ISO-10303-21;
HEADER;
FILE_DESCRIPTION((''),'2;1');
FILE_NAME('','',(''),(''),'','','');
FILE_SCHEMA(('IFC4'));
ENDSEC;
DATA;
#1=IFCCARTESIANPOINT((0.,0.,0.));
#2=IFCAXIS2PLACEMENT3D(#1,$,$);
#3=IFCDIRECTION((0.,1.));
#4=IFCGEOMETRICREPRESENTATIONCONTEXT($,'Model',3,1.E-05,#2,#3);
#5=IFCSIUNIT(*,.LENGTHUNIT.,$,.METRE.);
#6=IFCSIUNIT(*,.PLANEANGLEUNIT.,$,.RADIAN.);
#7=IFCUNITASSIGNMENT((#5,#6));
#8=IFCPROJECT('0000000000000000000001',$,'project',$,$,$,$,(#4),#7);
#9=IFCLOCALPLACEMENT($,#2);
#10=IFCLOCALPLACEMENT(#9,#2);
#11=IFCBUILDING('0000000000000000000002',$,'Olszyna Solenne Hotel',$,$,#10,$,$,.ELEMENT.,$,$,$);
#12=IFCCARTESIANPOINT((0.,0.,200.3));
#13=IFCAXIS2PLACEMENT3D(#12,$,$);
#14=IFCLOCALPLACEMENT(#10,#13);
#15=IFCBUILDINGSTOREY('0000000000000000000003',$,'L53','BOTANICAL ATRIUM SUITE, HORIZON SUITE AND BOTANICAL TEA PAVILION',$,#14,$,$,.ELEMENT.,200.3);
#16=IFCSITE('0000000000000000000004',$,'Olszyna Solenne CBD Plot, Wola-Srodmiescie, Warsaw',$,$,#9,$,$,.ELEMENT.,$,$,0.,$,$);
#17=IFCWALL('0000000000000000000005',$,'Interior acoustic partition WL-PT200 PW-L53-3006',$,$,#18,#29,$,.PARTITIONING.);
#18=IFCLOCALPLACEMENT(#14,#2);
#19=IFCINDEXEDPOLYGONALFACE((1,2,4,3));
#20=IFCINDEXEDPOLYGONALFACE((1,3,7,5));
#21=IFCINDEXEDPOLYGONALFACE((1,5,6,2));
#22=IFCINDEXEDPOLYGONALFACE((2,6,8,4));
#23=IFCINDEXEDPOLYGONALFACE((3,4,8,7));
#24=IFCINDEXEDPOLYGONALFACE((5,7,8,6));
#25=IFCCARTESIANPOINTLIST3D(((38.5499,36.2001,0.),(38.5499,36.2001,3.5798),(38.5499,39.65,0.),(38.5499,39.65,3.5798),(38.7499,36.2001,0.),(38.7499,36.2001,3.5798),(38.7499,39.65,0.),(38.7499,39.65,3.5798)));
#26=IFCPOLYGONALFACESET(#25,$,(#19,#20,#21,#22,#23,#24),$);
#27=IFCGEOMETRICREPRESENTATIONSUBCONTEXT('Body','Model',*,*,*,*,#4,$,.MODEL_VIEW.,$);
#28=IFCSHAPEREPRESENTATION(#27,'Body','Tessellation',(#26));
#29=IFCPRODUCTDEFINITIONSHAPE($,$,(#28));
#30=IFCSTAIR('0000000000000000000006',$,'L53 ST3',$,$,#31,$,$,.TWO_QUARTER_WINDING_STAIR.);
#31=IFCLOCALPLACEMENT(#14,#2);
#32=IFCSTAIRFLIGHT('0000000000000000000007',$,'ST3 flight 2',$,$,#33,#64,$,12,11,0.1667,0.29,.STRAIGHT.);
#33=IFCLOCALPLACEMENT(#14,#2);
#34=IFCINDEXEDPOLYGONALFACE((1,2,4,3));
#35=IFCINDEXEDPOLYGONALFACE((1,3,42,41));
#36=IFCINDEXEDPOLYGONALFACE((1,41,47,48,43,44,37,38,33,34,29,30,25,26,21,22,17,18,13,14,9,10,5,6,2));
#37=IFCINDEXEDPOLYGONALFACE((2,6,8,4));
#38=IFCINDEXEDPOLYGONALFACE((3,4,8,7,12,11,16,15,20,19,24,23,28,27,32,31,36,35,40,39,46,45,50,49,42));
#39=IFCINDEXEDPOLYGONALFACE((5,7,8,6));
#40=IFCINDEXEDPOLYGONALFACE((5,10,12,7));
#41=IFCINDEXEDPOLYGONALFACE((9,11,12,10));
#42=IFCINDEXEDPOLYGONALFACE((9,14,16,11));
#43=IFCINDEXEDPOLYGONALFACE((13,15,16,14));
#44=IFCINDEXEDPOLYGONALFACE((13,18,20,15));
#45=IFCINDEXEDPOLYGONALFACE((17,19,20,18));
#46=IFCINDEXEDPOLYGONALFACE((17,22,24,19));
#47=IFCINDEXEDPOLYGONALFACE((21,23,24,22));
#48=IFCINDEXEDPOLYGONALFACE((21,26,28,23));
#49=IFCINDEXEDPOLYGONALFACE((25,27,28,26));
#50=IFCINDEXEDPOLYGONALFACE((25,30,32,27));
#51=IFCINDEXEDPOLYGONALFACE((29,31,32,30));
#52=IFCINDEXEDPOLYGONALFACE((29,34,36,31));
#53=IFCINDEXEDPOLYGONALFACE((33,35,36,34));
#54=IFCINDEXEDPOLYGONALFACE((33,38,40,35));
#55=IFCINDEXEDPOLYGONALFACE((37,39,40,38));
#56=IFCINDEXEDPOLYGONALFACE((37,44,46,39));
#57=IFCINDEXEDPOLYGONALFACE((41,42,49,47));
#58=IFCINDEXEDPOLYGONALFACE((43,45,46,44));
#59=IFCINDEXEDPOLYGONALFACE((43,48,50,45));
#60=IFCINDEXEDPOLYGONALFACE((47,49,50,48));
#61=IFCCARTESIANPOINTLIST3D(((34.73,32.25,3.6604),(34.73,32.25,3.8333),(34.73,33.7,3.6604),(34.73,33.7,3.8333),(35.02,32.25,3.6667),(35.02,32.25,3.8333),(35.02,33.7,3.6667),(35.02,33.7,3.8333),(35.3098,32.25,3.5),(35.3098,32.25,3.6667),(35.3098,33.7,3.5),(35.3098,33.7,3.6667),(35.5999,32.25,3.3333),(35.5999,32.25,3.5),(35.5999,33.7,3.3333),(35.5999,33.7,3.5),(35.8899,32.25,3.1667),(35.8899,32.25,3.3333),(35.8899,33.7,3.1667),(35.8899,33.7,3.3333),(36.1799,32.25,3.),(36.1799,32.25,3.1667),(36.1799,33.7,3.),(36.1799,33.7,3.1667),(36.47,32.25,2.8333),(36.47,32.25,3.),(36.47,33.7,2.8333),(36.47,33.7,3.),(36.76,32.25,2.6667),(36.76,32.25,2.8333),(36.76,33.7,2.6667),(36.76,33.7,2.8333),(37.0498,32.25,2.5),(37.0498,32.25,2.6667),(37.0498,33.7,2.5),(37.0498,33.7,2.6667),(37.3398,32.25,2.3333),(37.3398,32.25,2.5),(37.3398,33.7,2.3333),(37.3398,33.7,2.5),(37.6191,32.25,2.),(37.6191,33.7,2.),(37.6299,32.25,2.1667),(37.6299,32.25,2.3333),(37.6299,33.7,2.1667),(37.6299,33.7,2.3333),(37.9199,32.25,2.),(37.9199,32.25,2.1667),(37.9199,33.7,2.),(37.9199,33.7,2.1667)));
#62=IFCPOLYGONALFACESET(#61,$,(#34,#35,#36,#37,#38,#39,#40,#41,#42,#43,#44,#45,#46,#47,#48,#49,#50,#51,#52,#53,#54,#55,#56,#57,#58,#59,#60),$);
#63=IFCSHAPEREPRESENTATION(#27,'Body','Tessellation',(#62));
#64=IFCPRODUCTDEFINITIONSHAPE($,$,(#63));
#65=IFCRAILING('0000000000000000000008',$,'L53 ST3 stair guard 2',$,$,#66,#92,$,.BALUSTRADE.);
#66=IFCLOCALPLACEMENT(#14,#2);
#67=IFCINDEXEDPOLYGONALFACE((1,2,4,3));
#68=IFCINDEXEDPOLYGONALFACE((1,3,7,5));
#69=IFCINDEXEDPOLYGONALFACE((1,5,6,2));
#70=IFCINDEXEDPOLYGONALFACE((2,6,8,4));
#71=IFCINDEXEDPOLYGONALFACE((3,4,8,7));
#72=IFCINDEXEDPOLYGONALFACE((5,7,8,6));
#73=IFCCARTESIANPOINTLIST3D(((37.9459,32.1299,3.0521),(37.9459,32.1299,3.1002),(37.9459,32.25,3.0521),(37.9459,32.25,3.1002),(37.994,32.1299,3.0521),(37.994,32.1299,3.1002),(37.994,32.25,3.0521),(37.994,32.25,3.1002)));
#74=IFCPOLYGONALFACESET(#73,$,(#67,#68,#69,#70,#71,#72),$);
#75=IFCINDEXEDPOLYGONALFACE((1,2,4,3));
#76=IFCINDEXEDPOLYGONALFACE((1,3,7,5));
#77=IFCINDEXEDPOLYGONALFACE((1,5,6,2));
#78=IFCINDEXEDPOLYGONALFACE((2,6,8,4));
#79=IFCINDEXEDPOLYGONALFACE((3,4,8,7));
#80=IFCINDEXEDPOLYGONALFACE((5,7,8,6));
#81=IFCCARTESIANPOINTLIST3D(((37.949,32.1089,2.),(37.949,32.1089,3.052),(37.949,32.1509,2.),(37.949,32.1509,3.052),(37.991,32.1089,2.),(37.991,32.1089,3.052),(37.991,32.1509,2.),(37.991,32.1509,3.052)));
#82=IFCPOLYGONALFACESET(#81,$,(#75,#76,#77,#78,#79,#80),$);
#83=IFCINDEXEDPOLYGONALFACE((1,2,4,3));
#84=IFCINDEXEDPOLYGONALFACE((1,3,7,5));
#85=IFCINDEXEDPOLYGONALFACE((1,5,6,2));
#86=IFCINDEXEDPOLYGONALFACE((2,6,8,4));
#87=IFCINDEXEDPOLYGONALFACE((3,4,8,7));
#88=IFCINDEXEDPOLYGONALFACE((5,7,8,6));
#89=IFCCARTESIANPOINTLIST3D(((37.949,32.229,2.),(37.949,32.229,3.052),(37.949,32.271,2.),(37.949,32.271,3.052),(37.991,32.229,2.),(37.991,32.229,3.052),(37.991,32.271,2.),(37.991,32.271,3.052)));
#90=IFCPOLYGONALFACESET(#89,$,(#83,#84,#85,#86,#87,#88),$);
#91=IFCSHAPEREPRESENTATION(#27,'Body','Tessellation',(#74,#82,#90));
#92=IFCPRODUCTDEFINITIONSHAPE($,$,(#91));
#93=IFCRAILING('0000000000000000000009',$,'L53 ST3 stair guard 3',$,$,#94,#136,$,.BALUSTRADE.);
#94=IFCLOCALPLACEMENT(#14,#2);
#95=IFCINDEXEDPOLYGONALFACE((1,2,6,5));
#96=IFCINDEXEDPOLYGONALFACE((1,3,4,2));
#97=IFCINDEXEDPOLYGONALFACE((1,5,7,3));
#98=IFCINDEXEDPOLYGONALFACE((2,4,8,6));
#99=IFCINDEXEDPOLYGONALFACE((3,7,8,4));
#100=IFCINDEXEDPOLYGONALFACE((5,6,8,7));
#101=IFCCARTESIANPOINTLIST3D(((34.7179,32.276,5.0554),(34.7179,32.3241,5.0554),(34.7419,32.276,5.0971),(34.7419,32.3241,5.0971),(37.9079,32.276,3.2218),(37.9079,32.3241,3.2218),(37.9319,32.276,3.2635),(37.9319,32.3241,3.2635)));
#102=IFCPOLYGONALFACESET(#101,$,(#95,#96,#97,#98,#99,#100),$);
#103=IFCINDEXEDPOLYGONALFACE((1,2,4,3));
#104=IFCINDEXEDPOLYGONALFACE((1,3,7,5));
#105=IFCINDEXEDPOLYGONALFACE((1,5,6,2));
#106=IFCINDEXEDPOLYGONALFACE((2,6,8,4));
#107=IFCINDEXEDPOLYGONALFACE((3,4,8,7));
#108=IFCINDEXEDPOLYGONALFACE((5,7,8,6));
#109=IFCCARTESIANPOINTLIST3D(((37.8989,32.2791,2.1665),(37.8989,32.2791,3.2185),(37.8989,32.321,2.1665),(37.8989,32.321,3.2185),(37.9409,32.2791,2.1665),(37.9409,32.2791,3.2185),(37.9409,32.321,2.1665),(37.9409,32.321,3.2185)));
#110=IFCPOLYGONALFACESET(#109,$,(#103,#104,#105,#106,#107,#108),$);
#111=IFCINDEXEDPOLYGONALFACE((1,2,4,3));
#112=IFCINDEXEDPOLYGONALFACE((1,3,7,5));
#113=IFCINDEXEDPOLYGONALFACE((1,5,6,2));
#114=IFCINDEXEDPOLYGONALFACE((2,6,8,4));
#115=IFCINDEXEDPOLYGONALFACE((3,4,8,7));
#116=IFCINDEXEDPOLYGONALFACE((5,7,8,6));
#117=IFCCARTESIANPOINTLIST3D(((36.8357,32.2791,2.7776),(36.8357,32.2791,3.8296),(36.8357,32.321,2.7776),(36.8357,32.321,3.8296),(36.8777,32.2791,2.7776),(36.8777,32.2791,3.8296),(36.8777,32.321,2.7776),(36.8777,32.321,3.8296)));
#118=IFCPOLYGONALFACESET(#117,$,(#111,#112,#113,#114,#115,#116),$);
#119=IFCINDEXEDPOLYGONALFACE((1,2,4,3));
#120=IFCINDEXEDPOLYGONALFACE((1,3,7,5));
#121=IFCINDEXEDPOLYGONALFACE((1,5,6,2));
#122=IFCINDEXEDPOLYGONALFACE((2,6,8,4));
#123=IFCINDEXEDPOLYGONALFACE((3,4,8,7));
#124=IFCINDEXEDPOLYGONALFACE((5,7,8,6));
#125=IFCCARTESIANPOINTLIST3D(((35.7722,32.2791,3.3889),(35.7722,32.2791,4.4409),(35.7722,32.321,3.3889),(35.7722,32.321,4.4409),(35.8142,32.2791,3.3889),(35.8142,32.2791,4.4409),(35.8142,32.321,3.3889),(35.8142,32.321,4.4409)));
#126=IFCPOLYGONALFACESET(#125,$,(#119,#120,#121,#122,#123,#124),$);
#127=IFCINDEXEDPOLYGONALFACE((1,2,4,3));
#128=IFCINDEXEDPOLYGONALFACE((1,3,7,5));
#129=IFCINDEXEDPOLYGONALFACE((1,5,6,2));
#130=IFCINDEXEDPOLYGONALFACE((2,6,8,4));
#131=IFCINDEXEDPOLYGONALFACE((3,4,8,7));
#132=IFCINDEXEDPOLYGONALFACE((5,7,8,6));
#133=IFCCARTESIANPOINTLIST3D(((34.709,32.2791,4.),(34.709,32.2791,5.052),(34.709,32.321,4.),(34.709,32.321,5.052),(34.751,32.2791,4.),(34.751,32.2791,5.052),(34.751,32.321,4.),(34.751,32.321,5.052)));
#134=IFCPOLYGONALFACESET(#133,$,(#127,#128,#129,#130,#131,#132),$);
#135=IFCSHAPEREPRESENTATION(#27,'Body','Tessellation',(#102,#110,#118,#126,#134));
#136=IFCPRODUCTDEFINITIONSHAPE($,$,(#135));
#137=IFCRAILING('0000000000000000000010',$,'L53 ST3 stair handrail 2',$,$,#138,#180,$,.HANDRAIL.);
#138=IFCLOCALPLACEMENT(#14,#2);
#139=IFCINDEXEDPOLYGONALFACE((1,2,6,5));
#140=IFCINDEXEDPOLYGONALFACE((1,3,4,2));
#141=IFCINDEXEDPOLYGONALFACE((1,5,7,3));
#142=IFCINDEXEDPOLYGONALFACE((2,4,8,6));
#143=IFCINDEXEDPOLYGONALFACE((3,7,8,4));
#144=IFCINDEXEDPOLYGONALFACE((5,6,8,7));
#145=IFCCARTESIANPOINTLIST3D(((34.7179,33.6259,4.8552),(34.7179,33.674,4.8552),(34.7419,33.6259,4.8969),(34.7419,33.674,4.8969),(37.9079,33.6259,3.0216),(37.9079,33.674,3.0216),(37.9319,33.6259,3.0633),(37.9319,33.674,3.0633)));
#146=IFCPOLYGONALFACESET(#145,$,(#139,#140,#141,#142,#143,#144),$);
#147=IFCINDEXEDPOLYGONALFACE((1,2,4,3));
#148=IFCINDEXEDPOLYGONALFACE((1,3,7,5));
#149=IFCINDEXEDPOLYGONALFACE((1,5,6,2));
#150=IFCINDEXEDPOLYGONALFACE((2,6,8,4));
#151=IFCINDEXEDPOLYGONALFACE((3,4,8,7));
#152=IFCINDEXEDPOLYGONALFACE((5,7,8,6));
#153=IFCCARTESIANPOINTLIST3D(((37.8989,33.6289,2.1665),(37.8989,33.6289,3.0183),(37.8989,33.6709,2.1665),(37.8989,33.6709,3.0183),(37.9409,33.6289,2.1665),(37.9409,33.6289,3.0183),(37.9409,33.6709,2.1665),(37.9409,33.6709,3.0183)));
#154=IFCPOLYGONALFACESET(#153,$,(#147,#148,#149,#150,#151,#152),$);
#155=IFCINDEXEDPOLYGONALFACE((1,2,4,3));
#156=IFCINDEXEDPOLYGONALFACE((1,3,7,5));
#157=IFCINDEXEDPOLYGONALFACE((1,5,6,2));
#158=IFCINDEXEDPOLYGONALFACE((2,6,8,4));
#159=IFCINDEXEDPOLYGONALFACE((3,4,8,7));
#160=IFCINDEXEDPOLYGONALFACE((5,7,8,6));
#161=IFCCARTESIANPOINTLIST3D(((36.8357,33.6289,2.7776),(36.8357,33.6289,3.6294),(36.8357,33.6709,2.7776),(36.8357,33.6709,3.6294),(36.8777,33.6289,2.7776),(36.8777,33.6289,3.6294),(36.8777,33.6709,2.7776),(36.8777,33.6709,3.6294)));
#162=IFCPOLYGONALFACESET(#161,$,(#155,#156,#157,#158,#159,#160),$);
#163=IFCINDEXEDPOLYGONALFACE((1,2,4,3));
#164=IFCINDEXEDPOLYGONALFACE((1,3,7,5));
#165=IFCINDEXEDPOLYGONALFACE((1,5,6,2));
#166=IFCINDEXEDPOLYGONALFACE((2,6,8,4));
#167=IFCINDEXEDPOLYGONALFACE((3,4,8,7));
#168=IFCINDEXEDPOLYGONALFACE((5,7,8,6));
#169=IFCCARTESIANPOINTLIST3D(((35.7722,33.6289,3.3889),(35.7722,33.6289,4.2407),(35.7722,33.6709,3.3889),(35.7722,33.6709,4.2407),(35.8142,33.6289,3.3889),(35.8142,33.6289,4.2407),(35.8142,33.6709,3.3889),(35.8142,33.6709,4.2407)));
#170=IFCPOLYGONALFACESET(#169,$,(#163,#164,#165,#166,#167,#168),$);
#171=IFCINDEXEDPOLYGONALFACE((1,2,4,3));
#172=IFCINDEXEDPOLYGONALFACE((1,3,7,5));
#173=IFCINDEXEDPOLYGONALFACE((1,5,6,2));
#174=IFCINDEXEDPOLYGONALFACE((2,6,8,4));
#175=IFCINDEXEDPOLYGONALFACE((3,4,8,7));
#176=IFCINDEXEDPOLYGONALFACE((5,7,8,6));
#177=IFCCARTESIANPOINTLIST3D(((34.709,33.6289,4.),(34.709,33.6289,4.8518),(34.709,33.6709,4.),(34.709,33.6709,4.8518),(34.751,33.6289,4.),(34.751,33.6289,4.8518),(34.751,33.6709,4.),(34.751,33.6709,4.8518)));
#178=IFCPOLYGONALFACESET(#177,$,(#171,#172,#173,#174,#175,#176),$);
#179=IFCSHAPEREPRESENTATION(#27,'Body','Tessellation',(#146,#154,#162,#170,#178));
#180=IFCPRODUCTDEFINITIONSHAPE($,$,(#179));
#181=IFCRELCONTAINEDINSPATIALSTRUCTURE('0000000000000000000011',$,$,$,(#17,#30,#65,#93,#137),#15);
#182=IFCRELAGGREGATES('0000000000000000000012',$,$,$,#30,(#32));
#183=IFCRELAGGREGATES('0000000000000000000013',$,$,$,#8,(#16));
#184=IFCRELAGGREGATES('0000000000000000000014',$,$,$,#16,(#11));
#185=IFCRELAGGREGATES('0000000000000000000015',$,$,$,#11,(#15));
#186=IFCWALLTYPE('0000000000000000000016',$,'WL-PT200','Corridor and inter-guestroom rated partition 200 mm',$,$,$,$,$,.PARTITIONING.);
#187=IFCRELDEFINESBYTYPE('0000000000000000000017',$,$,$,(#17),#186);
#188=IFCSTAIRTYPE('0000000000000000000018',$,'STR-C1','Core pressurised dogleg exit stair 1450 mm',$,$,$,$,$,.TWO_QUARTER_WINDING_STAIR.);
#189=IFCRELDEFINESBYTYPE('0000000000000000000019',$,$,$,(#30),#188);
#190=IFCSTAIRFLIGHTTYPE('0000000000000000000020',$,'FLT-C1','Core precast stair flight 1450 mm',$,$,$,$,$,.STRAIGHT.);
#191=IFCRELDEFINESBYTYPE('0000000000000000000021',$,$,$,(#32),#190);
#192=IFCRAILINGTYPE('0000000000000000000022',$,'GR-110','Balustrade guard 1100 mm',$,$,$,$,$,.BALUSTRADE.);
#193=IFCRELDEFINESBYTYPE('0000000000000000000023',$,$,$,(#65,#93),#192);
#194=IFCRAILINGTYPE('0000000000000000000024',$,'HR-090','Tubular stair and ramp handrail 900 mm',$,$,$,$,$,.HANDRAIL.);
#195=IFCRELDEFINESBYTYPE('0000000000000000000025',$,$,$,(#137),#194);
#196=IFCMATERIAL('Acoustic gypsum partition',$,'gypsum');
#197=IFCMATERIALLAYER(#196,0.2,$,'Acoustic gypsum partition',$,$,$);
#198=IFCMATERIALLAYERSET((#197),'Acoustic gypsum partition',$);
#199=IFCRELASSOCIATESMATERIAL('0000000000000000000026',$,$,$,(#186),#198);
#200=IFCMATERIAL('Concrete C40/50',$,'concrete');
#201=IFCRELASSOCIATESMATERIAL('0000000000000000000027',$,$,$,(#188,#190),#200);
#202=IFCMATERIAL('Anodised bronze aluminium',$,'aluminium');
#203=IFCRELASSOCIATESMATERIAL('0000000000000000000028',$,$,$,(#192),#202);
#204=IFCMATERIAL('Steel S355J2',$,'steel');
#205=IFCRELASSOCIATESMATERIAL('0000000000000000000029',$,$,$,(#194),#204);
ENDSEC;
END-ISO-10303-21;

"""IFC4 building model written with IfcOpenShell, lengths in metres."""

from ifc_helpers import new_model, si_unit, direction, frame, frame_2d, origin, origin_2d, place, context, subcontext, project, spatial, polyline, rectangle, outline, extrude, material, layer, layer_set, type_object, element, aggregate, save


model = new_model("IFC4")

# Units and contexts
model_context = context("Model", 3, precision=1e-05, world=origin(), true_north=direction((0.0, 1.0)))
body_context = subcontext(model_context, "Body", "Model", "MODEL_VIEW")
ifc_project = project(units=[si_unit("LENGTHUNIT", "METRE"), si_unit("PLANEANGLEUNIT", "RADIAN")], contexts=[model_context])

# Site, building, storey
site_placement = place(None, origin())
site = spatial("IfcSite", under=ifc_project, at=site_placement, Name="Olszyna Solenne CBD Plot, Wola-Srodmiescie, Warsaw", CompositionType="ELEMENT", RefElevation=0.0)
building_placement = place(site_placement, origin())
building = spatial("IfcBuilding", under=site, at=building_placement, Name="Olszyna Solenne Hotel", CompositionType="ELEMENT")
storey_placement = place(building_placement, frame((0.0, 0.0, 200.3)))
storey = spatial("IfcBuildingStorey", under=building, at=storey_placement, Name="L53", Description="BOTANICAL ATRIUM SUITE, HORIZON SUITE AND BOTANICAL TEA PAVILION", CompositionType="ELEMENT", Elevation=200.3)

# Shared definitions
ifc_material_1 = material(Name="Steel S355J2", Category="steel")

# Shared definitions
ifc_material_2 = material(Name="Acoustic gypsum partition", Category="gypsum")

# Shared definitions
ifc_layer_1 = layer(ifc_material_2, 0.2, Name="Acoustic gypsum partition")
ifc_layer_set_1 = layer_set([ifc_layer_1], Name="Acoustic gypsum partition")
wall_type_1 = type_object("IfcWallType", Name="WL-PT200", Description="Corridor and inter-guestroom rated partition 200 mm", PredefinedType="PARTITIONING", material=ifc_layer_set_1)

# Wall
wall_1_placement = place(storey_placement, frame((38.6499, 36.2, 0.0), z_axis=(0.0, 0.0, 1.0), x_axis=(0.0, 1.0, 0.0)))
element("IfcWall", 1, at=wall_1_placement, inside=storey, type_object=wall_type_1, Name="Interior acoustic partition WL-PT200 PW-L53-3006", PredefinedType="PARTITIONING", context=body_context, shape_type="SweptSolid", body=[
    extrude(rectangle(XDim=3.45, YDim=0.2, at=frame_2d((1.7251, 0.0))), origin(), (0.0, 0.0, 1.0), 3.5798),
])

# Stair, stair flight
ifc_material_3 = material(Name="Concrete C40/50", Category="concrete")
stair_type = type_object("IfcStairType", Name="STR-C1", Description="Core pressurised dogleg exit stair 1450 mm", PredefinedType="TWO_QUARTER_WINDING_STAIR", material=ifc_material_3)
stair_placement = place(storey_placement, origin())
stair = element("IfcStair", 2, at=stair_placement, inside=storey, type_object=stair_type, Name="L53 ST3", PredefinedType="TWO_QUARTER_WINDING_STAIR")
stair_flight_type = type_object("IfcStairFlightType", Name="FLT-C1", Description="Core precast stair flight 1450 mm", PredefinedType="STRAIGHT", material=ifc_material_3)
stair_flight_placement = place(storey_placement, frame((37.9199, 32.9751, 2.0), z_axis=(0.0, 0.0, 1.0), x_axis=(-1.0, 0.0, 0.0)))
stair_flight = element("IfcStairFlight", 3, at=stair_flight_placement, type_object=stair_flight_type, Name="ST3 flight 2", NumberOfRisers=12, NumberOfTreads=11, PredefinedType="STRAIGHT", RiserHeight=0.1667, TreadLength=0.29, context=body_context, shape_type="SweptSolid", body=[
    extrude(outline(polyline([(0.0, 0.0), (0.0, 0.1667), (0.29, 0.1667), (0.29, 0.3333), (0.5801, 0.3333), (0.5801, 0.5), (0.8701, 0.5), (0.8701, 0.6667), (1.1599, 0.6667), (1.1599, 0.8333), (1.45, 0.8333), (1.45, 1.0), (1.74, 1.0), (1.74, 1.1667), (2.03, 1.1667), (2.03, 1.3333), (2.3201, 1.3333), (2.3201, 1.5), (2.6101, 1.5), (2.6101, 1.6667), (2.8999, 1.6667), (2.8999, 1.8333), (3.1899, 1.8333), (3.1899, 2.0), (3.1899, 1.6604), (0.3008, 0.0), (0.0, 0.0)])), frame((0.0, 0.7251, 0.0), z_axis=(0.0, -1.0, 0.0), x_axis=(1.0, 0.0, 0.0)), (0.0, 0.0, 1.0), 1.45),
])
aggregate(stair, [stair_flight])

# Railings
ifc_material_4 = material(Name="Anodised bronze aluminium", Category="aluminium")
railing_type_1 = type_object("IfcRailingType", Name="GR-110", Description="Balustrade guard 1100 mm", PredefinedType="BALUSTRADE", material=ifc_material_4)
railing_1_placement = place(storey_placement, frame((37.97, 32.1299, 2.0)))
element("IfcRailing", 4, at=railing_1_placement, inside=storey, type_object=railing_type_1, Name="L53 ST3 stair guard 2", PredefinedType="BALUSTRADE", context=body_context, shape_type="SweptSolid", body=[
    extrude(rectangle(XDim=0.0481, YDim=0.0481, at=origin_2d()), frame((0.0, 0.0, 1.0762), z_axis=(0.0, 1.0, 0.0), x_axis=(-1.0, 0.0, 0.0)), (0.0, 0.0, 1.0), 0.1201),
    extrude(rectangle(XDim=0.042, YDim=0.042, at=origin_2d()), origin(), (0.0, 0.0, 1.0), 1.052),
    extrude(rectangle(XDim=0.042, YDim=0.042, at=origin_2d()), frame((0.0, 0.1201, 0.0)), (0.0, 0.0, 1.0), 1.052),
])
railing_2_placement = place(storey_placement, frame((37.9199, 32.3, 2.1665)))
element("IfcRailing", 5, at=railing_2_placement, inside=storey, type_object=railing_type_1, Name="L53 ST3 stair guard 3", PredefinedType="BALUSTRADE", context=body_context, shape_type="SweptSolid", body=[
    extrude(rectangle(XDim=0.0481, YDim=0.0481, at=origin_2d()), frame((0.0, 0.0, 1.0762), z_axis=(-0.866991, 0.0, 0.498324), x_axis=(0.0, -1.0, 0.0)), (0.0, 0.0, 1.0), 3.6794),
    extrude(rectangle(XDim=0.042, YDim=0.042, at=origin_2d()), origin(), (0.0, 0.0, 1.0), 1.052),
    extrude(rectangle(XDim=0.042, YDim=0.042, at=origin_2d()), frame((-1.0632, 0.0, 0.6111)), (0.0, 0.0, 1.0), 1.052),
    extrude(rectangle(XDim=0.042, YDim=0.042, at=origin_2d()), frame((-2.1267, 0.0, 1.2224)), (0.0, 0.0, 1.0), 1.052),
    extrude(rectangle(XDim=0.042, YDim=0.042, at=origin_2d()), frame((-3.1899, 0.0, 1.8335)), (0.0, 0.0, 1.0), 1.052),
])
railing_type_2 = type_object("IfcRailingType", Name="HR-090", Description="Tubular stair and ramp handrail 900 mm", PredefinedType="HANDRAIL", material=ifc_material_1)
railing_3_placement = place(storey_placement, frame((37.9199, 33.6499, 2.1665)))
element("IfcRailing", 6, at=railing_3_placement, inside=storey, type_object=railing_type_2, Name="L53 ST3 stair handrail 2", PredefinedType="HANDRAIL", context=body_context, shape_type="SweptSolid", body=[
    extrude(rectangle(XDim=0.0481, YDim=0.0481, at=origin_2d()), frame((0.0, 0.0, 0.876), z_axis=(-0.866991, 0.0, 0.498324), x_axis=(0.0, -1.0, 0.0)), (0.0, 0.0, 1.0), 3.6794),
    extrude(rectangle(XDim=0.042, YDim=0.042, at=origin_2d()), origin(), (0.0, 0.0, 1.0), 0.8518),
    extrude(rectangle(XDim=0.042, YDim=0.042, at=origin_2d()), frame((-1.0632, 0.0, 0.6111)), (0.0, 0.0, 1.0), 0.8518),
    extrude(rectangle(XDim=0.042, YDim=0.042, at=origin_2d()), frame((-2.1267, 0.0, 1.2224)), (0.0, 0.0, 1.0), 0.8518),
    extrude(rectangle(XDim=0.042, YDim=0.042, at=origin_2d()), frame((-3.1899, 0.0, 1.8335)), (0.0, 0.0, 1.0), 0.8518),
])

save(model, "model.ifc")
